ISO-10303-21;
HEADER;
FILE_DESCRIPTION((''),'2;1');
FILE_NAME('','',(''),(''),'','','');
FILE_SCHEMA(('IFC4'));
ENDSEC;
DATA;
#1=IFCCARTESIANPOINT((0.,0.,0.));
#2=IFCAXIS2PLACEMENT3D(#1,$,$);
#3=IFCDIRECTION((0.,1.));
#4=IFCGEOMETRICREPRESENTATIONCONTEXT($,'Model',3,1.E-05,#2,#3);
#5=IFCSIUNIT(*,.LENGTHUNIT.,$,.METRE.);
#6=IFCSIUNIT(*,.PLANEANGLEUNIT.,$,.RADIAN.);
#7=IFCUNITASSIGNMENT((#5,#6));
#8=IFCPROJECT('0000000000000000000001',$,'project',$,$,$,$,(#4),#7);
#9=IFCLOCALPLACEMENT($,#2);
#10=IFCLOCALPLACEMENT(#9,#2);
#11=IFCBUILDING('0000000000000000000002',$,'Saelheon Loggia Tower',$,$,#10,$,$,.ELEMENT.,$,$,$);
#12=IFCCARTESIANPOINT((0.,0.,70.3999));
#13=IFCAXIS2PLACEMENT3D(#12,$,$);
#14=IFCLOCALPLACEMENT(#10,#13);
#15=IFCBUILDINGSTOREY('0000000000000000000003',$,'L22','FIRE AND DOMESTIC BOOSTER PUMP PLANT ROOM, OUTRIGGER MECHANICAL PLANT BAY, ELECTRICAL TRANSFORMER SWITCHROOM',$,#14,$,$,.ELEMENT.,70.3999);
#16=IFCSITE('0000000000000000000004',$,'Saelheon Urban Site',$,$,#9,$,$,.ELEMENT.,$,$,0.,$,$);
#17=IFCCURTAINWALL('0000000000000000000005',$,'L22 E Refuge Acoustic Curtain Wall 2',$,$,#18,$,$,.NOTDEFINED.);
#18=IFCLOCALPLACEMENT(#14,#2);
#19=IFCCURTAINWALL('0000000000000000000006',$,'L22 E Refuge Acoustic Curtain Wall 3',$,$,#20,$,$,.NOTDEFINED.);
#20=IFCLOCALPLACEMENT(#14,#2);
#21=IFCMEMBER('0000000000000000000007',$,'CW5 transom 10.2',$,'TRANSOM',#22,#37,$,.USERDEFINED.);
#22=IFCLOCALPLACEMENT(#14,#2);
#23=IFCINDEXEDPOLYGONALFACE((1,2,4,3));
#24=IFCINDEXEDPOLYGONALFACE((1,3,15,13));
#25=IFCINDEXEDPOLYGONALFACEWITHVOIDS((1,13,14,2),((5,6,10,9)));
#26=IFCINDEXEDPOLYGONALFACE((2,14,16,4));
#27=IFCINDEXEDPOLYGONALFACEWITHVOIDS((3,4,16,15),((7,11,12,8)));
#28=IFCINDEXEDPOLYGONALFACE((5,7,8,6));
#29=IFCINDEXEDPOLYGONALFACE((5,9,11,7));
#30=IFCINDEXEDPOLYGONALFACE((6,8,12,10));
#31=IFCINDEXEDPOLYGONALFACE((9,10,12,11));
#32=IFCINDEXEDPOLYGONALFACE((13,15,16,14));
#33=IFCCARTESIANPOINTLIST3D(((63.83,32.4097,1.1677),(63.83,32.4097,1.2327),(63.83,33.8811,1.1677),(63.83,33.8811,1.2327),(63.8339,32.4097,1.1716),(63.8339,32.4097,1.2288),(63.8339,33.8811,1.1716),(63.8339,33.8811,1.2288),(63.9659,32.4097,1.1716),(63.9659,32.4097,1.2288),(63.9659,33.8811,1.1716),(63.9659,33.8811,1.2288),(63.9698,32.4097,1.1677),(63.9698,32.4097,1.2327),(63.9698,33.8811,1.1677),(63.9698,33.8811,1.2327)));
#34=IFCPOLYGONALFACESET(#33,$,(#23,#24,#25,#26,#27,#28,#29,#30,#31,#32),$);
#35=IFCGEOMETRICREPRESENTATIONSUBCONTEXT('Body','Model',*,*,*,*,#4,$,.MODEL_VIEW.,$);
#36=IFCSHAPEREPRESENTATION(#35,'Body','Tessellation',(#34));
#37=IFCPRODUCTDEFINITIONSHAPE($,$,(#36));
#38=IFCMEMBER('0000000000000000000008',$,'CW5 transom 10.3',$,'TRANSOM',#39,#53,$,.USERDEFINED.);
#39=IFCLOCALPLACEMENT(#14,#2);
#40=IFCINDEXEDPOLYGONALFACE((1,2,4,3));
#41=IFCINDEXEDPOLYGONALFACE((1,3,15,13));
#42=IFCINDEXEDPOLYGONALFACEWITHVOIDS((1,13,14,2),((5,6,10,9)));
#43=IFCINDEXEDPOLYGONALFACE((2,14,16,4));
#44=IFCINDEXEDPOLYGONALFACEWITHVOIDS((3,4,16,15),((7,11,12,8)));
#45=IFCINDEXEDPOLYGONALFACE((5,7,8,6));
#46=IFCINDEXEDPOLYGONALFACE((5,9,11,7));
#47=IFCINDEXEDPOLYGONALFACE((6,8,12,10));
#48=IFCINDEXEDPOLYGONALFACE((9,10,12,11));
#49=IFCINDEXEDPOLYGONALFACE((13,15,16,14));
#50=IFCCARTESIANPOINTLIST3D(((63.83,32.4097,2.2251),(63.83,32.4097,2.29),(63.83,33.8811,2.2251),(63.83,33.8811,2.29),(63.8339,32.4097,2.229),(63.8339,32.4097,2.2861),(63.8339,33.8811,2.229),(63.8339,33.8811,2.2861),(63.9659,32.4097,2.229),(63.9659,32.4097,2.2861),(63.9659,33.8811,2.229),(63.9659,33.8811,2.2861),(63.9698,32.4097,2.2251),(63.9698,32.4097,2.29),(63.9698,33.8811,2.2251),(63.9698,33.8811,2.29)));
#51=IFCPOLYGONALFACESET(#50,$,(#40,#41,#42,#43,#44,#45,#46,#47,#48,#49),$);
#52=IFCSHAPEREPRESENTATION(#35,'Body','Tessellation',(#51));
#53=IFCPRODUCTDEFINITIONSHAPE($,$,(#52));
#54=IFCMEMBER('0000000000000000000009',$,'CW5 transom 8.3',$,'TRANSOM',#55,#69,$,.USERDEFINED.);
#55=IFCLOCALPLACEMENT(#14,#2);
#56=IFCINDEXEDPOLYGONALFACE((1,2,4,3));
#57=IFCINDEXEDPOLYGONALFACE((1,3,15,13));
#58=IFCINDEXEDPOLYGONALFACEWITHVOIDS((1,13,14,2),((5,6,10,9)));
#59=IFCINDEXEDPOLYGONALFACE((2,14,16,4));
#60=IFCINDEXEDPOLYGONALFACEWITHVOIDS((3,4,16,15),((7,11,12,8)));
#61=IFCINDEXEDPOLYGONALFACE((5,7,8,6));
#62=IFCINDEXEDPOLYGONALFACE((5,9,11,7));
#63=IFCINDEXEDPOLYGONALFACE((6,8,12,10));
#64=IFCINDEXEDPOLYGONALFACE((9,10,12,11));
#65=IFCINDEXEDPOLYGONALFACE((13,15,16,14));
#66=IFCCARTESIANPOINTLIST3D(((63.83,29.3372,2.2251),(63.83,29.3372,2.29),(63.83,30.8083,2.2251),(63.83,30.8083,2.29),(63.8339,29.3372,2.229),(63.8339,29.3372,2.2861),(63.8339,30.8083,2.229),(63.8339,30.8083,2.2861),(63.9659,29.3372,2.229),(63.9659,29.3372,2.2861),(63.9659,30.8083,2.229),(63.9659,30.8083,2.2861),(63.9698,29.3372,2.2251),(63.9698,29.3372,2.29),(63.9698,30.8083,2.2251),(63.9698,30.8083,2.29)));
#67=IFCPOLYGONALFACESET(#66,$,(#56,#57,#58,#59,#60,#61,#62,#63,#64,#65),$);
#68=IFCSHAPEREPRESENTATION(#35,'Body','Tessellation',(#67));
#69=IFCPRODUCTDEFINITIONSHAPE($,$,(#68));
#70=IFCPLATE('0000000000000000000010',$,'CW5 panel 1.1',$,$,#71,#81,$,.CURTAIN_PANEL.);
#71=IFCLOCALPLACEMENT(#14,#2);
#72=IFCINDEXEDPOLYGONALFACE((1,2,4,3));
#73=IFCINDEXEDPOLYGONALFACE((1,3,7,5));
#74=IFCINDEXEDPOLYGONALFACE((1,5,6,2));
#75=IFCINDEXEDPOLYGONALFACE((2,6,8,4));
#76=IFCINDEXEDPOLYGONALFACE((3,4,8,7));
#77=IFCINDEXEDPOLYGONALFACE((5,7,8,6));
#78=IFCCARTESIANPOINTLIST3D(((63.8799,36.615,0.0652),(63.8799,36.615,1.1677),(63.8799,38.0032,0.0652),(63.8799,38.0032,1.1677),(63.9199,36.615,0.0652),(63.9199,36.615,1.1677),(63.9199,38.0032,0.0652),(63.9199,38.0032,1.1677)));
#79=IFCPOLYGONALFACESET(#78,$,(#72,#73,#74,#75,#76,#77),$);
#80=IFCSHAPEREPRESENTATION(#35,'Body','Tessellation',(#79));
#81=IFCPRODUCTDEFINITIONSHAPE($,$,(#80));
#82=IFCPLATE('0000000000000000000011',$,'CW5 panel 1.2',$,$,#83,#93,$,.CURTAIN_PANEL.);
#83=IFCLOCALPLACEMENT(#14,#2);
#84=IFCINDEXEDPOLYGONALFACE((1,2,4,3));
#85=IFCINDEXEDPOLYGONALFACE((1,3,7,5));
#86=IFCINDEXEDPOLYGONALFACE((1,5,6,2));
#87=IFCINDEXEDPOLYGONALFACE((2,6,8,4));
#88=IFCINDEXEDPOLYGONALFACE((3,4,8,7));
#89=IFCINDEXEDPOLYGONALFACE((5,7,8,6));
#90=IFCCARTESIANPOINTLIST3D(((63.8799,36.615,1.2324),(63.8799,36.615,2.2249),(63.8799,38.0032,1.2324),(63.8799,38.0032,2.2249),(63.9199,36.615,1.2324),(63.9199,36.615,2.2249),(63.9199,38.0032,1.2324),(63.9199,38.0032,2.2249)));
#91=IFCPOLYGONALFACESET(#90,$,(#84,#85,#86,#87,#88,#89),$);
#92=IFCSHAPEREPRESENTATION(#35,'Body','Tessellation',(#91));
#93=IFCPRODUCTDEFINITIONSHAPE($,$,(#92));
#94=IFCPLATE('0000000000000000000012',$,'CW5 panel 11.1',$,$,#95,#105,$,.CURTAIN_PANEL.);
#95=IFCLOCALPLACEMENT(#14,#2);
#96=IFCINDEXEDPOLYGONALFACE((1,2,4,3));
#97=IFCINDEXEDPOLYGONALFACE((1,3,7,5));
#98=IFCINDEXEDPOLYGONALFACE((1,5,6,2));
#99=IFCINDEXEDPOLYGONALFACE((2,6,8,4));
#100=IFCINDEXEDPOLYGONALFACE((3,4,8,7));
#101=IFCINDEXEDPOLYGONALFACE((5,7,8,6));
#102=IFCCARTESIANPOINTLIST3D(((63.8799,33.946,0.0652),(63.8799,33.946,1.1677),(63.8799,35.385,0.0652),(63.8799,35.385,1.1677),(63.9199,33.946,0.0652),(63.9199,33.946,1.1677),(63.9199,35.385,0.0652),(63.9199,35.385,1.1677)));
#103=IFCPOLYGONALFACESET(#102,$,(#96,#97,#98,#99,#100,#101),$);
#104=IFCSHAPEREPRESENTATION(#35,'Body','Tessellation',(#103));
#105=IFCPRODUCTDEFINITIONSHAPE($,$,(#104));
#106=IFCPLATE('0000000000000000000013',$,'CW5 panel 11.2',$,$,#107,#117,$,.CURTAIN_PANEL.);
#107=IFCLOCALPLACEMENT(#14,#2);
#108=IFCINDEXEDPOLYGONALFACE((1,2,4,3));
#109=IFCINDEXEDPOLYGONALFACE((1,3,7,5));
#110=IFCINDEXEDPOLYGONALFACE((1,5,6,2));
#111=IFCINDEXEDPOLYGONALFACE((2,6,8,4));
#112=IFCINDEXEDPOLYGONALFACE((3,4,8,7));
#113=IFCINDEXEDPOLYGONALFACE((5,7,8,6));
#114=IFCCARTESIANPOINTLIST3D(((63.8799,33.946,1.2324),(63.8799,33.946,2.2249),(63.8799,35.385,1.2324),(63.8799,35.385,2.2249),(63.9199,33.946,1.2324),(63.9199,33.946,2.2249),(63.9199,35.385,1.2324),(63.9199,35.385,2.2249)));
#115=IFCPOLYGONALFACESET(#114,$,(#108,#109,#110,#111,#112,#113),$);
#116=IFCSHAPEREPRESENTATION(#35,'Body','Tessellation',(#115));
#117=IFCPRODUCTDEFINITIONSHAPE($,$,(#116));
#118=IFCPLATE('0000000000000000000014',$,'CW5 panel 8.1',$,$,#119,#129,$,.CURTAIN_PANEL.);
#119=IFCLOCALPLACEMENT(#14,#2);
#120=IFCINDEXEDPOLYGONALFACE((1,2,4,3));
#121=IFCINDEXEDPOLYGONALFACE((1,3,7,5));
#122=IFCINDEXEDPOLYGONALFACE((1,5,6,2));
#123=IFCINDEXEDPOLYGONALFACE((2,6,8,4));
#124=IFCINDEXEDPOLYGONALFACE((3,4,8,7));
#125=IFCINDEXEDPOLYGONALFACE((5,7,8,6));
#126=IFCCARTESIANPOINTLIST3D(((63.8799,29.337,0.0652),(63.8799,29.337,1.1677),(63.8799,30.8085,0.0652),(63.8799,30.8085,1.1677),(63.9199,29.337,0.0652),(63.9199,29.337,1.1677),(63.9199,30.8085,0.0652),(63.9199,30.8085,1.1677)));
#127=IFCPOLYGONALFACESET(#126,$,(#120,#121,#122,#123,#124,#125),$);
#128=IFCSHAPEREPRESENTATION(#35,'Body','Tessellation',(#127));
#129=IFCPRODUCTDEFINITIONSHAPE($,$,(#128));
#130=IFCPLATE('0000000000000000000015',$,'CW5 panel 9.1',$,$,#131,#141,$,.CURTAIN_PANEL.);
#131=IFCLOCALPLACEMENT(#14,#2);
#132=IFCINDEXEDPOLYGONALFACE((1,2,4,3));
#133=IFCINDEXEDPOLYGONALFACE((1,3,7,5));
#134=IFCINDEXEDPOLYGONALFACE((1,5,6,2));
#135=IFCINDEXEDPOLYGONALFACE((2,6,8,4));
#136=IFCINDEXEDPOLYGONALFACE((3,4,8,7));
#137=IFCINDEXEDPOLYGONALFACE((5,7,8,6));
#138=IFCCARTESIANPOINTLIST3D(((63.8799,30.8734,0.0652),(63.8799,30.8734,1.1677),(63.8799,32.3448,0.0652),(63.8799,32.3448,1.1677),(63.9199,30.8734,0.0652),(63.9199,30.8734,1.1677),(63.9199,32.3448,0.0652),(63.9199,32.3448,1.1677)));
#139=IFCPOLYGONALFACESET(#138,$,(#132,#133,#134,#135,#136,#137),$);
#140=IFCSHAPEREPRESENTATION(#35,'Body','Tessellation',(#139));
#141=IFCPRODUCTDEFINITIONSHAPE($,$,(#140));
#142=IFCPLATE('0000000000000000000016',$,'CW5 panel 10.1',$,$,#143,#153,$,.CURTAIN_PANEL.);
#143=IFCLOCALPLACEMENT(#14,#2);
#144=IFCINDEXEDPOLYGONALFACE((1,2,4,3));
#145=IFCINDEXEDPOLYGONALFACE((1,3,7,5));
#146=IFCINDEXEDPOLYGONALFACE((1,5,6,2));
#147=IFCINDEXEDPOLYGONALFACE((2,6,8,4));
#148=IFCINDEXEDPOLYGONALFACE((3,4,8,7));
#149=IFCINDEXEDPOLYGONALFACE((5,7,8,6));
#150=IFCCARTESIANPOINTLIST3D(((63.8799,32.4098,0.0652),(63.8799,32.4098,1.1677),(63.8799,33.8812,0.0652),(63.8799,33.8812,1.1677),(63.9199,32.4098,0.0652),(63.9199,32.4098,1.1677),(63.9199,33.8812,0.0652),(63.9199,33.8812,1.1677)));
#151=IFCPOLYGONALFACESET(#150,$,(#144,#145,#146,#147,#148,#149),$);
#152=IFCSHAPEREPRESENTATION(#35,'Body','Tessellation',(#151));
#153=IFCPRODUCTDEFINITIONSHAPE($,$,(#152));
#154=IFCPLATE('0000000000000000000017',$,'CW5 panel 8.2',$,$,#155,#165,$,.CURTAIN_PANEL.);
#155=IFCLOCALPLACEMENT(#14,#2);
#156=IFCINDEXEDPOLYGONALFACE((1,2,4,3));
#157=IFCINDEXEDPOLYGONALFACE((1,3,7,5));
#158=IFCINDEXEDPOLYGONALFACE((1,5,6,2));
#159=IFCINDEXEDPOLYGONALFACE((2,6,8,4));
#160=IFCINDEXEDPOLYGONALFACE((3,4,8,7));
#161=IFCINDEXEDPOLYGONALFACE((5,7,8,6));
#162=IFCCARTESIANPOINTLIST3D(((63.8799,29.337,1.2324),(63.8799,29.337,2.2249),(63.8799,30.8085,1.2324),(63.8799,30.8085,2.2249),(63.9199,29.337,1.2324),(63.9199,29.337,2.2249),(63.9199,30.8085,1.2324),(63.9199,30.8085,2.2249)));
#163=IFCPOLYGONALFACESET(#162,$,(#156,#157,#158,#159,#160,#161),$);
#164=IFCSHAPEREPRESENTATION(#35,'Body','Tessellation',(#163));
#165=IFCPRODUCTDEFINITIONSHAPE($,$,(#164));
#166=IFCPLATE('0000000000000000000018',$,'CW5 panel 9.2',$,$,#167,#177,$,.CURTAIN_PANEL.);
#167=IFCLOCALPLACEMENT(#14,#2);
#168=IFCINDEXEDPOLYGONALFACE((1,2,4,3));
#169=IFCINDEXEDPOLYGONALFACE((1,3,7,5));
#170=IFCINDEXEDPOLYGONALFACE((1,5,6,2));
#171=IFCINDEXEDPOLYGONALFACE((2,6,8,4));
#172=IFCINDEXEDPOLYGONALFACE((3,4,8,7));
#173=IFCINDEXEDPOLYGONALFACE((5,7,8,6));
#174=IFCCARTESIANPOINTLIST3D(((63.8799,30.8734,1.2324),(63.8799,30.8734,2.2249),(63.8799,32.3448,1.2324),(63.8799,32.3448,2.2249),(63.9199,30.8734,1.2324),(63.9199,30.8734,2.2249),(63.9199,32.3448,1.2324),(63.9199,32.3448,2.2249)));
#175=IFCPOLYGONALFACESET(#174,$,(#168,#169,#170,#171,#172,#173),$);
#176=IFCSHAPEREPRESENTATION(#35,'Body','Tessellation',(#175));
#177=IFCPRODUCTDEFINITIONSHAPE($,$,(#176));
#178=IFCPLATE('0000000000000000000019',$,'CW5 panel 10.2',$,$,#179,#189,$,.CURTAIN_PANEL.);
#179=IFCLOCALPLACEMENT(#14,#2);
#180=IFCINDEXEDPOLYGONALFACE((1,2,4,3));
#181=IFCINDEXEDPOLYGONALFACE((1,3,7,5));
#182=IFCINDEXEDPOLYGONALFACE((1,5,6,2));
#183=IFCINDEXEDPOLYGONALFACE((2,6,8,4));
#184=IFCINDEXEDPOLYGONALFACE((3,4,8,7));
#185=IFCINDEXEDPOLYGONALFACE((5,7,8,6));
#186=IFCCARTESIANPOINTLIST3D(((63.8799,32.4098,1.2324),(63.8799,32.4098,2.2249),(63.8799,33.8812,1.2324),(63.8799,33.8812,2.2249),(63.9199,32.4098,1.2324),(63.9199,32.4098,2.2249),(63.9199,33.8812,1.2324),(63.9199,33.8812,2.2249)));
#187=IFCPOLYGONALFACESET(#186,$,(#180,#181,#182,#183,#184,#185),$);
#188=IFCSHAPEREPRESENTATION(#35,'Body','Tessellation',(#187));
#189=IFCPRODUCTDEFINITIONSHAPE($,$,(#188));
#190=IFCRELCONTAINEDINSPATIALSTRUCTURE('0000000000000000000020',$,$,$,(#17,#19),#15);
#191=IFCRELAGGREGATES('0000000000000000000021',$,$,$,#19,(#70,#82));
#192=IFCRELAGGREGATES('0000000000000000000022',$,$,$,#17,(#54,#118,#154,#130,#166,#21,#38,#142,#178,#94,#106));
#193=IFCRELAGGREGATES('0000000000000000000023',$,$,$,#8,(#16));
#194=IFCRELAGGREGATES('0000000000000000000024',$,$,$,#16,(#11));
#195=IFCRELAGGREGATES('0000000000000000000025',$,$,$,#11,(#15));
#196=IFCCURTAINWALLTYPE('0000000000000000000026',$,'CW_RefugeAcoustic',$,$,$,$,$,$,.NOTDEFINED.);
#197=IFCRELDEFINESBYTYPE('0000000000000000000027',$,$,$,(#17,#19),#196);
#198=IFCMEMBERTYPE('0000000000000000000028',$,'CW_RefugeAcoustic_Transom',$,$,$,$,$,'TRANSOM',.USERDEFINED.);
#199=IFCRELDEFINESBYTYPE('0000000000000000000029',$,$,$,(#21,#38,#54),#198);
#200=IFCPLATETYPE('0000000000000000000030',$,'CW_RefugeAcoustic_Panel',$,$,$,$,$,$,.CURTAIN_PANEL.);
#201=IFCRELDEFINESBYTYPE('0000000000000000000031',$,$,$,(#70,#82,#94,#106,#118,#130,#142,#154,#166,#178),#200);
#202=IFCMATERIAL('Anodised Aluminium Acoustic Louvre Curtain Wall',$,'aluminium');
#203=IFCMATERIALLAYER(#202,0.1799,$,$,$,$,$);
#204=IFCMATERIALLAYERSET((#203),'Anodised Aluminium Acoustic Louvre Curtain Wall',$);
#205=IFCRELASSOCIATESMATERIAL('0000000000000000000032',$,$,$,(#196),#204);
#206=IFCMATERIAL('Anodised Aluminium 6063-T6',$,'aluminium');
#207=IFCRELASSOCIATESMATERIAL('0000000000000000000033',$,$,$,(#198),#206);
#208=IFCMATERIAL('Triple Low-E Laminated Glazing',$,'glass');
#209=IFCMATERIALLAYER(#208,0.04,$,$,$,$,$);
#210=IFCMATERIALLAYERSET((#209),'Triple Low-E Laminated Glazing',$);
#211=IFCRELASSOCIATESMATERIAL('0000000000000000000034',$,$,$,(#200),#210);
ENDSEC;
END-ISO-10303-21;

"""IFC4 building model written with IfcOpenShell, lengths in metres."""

from ifc_helpers import new_model, si_unit, direction, frame, origin, origin_2d, place, context, subcontext, project, spatial, rectangle, hollow_rectangle, extrude, source, transform, mapped, material, layer, layer_set, material_profile, profile_set, type_object, element, aggregate, save


model = new_model("IFC4")

# Units and contexts
model_context = context("Model", 3, precision=1e-05, world=origin(), true_north=direction((0.0, 1.0)))
body_context = subcontext(model_context, "Body", "Model", "MODEL_VIEW")
ifc_project = project(units=[si_unit("LENGTHUNIT", "METRE"), si_unit("PLANEANGLEUNIT", "RADIAN")], contexts=[model_context])

# Site, building, storey
site_placement = place(None, origin())
site = spatial("IfcSite", under=ifc_project, at=site_placement, Name="Saelheon Urban Site", CompositionType="ELEMENT", RefElevation=0.0)
building_placement = place(site_placement, origin())
building = spatial("IfcBuilding", under=site, at=building_placement, Name="Saelheon Loggia Tower", CompositionType="ELEMENT")
storey_placement = place(building_placement, frame((0.0, 0.0, 70.3999)))
storey = spatial("IfcBuildingStorey", under=building, at=storey_placement, Name="L22", Description="FIRE AND DOMESTIC BOOSTER PUMP PLANT ROOM, OUTRIGGER MECHANICAL PLANT BAY, ELECTRICAL TRANSFORMER SWITCHROOM", CompositionType="ELEMENT", Elevation=70.3999)

# Curtain walls
ifc_material_1 = material(Name="Anodised Aluminium Acoustic Louvre Curtain Wall", Category="aluminium")
ifc_layer_1 = layer(ifc_material_1, 0.1799)
ifc_layer_set_1 = layer_set([ifc_layer_1], Name="Anodised Aluminium Acoustic Louvre Curtain Wall")
curtain_wall_type = type_object("IfcCurtainWallType", Name="CW_RefugeAcoustic", PredefinedType="NOTDEFINED", material=ifc_layer_set_1)
curtain_wall_1_placement = place(storey_placement, origin())
curtain_wall_1 = element("IfcCurtainWall", 1, at=curtain_wall_1_placement, inside=storey, type_object=curtain_wall_type, Name="L22 E Refuge Acoustic Curtain Wall 2", PredefinedType="NOTDEFINED")
ifc_material_2 = material(Name="Anodised Aluminium 6063-T6", Category="aluminium")
curtain_wall_2_placement = place(storey_placement, origin())
curtain_wall_2 = element("IfcCurtainWall", 2, at=curtain_wall_2_placement, inside=storey, type_object=curtain_wall_type, Name="L22 E Refuge Acoustic Curtain Wall 3", PredefinedType="NOTDEFINED")
ifc_material_profile_1 = material_profile(ifc_material_2, hollow_rectangle(XDim=0.0649, YDim=0.1399, WallThickness=0.0039, at=origin_2d()), Name="RHS-140x65x4")
ifc_profile_set_1 = profile_set([ifc_material_profile_1], Name="Anodised Aluminium 6063-T6")
member_type_1 = type_object("IfcMemberType", Name="CW_RefugeAcoustic_Transom", ElementType="TRANSOM", PredefinedType="USERDEFINED", material=ifc_profile_set_1)

# Members
shared_shape_1 = source(origin(), body_context, "Body", "SweptSolid", [
    extrude(hollow_rectangle(XDim=0.0649, YDim=0.1399, WallThickness=0.0039, at=origin_2d()), origin(), (0.0, 0.0, 1.0), 1.4714),
])
member_1_placement = place(storey_placement, frame((63.8999, 32.4097, 1.2002), z_axis=(0.0, 1.0, 0.0), x_axis=(0.0, 0.0, 1.0)))
member_1 = element("IfcMember", 3, at=member_1_placement, type_object=member_type_1, Name="CW5 transom 10.2", ObjectType="TRANSOM", PredefinedType="USERDEFINED", context=body_context, shape_type="MappedRepresentation", body=[
    mapped(shared_shape_1, transform((0.0, 0.0, 0.0), scale=1.0)),
])
member_2_placement = place(storey_placement, frame((63.8999, 32.4097, 2.2576), z_axis=(0.0, 1.0, 0.0), x_axis=(0.0, 0.0, 1.0)))
member_2 = element("IfcMember", 4, at=member_2_placement, type_object=member_type_1, Name="CW5 transom 10.3", ObjectType="TRANSOM", PredefinedType="USERDEFINED", context=body_context, shape_type="MappedRepresentation", body=[
    mapped(shared_shape_1, transform((0.0, 0.0, 0.0), scale=1.0)),
])
shared_shape_2 = source(origin(), body_context, "Body", "SweptSolid", [
    extrude(hollow_rectangle(XDim=0.0649, YDim=0.1399, WallThickness=0.0039, at=origin_2d()), origin(), (0.0, 0.0, 1.0), 1.4712),
])
member_3_placement = place(storey_placement, frame((63.8999, 29.3372, 2.2576), z_axis=(0.0, 1.0, 0.0), x_axis=(0.0, 0.0, 1.0)))
member_3 = element("IfcMember", 5, at=member_3_placement, type_object=member_type_1, Name="CW5 transom 8.3", ObjectType="TRANSOM", PredefinedType="USERDEFINED", context=body_context, shape_type="MappedRepresentation", body=[
    mapped(shared_shape_2, transform((0.0, 0.0, 0.0), scale=1.0)),
])

# Plates
ifc_material_3 = material(Name="Triple Low-E Laminated Glazing", Category="glass")
ifc_layer_2 = layer(ifc_material_3, 0.04)
ifc_layer_set_2 = layer_set([ifc_layer_2], Name="Triple Low-E Laminated Glazing")
plate_type = type_object("IfcPlateType", Name="CW_RefugeAcoustic_Panel", PredefinedType="CURTAIN_PANEL", material=ifc_layer_set_2)
shared_shape_3 = source(origin(), body_context, "Body", "SweptSolid", [
    extrude(rectangle(XDim=1.3882, YDim=0.04, at=origin_2d()), origin(), (0.0, 0.0, 1.0), 1.1025),
])
plate_1_placement = place(storey_placement, frame((63.8999, 37.3091, 0.0652), z_axis=(0.0, 0.0, 1.0), x_axis=(0.0, 1.0, 0.0)))
plate_1 = element("IfcPlate", 6, at=plate_1_placement, type_object=plate_type, Name="CW5 panel 1.1", PredefinedType="CURTAIN_PANEL", context=body_context, shape_type="MappedRepresentation", body=[
    mapped(shared_shape_3, transform((0.0, 0.0, 0.0), scale=1.0)),
])
shared_shape_4 = source(origin(), body_context, "Body", "SweptSolid", [
    extrude(rectangle(XDim=1.3882, YDim=0.04, at=origin_2d()), origin(), (0.0, 0.0, 1.0), 0.9924),
])
plate_2_placement = place(storey_placement, frame((63.8999, 37.3091, 1.2324), z_axis=(0.0, 0.0, 1.0), x_axis=(0.0, 1.0, 0.0)))
plate_2 = element("IfcPlate", 7, at=plate_2_placement, type_object=plate_type, Name="CW5 panel 1.2", PredefinedType="CURTAIN_PANEL", context=body_context, shape_type="MappedRepresentation", body=[
    mapped(shared_shape_4, transform((0.0, 0.0, 0.0), scale=1.0)),
])
aggregate(curtain_wall_2, [plate_1, plate_2])
shared_shape_5 = source(origin(), body_context, "Body", "SweptSolid", [
    extrude(rectangle(XDim=1.439, YDim=0.04, at=origin_2d()), origin(), (0.0, 0.0, 1.0), 1.1025),
])
plate_3_placement = place(storey_placement, frame((63.8999, 34.6655, 0.0652), z_axis=(0.0, 0.0, 1.0), x_axis=(0.0, 1.0, 0.0)))
plate_3 = element("IfcPlate", 8, at=plate_3_placement, type_object=plate_type, Name="CW5 panel 11.1", PredefinedType="CURTAIN_PANEL", context=body_context, shape_type="MappedRepresentation", body=[
    mapped(shared_shape_5, transform((0.0, 0.0, 0.0), scale=1.0)),
])
shared_shape_6 = source(origin(), body_context, "Body", "SweptSolid", [
    extrude(rectangle(XDim=1.439, YDim=0.04, at=origin_2d()), origin(), (0.0, 0.0, 1.0), 0.9924),
])
plate_4_placement = place(storey_placement, frame((63.8999, 34.6655, 1.2324), z_axis=(0.0, 0.0, 1.0), x_axis=(0.0, 1.0, 0.0)))
plate_4 = element("IfcPlate", 9, at=plate_4_placement, type_object=plate_type, Name="CW5 panel 11.2", PredefinedType="CURTAIN_PANEL", context=body_context, shape_type="MappedRepresentation", body=[
    mapped(shared_shape_6, transform((0.0, 0.0, 0.0), scale=1.0)),
])
shared_shape_7 = source(origin(), body_context, "Body", "SweptSolid", [
    extrude(rectangle(XDim=1.4714, YDim=0.04, at=origin_2d()), origin(), (0.0, 0.0, 1.0), 1.1025),
])
plate_5_placement = place(storey_placement, frame((63.8999, 30.0728, 0.0652), z_axis=(0.0, 0.0, 1.0), x_axis=(0.0, 1.0, 0.0)))
plate_5 = element("IfcPlate", 10, at=plate_5_placement, type_object=plate_type, Name="CW5 panel 8.1", PredefinedType="CURTAIN_PANEL", context=body_context, shape_type="MappedRepresentation", body=[
    mapped(shared_shape_7, transform((0.0, 0.0, 0.0), scale=1.0)),
])
plate_6_placement = place(storey_placement, frame((63.8999, 31.6091, 0.0652), z_axis=(0.0, 0.0, 1.0), x_axis=(0.0, 1.0, 0.0)))
plate_6 = element("IfcPlate", 11, at=plate_6_placement, type_object=plate_type, Name="CW5 panel 9.1", PredefinedType="CURTAIN_PANEL", context=body_context, shape_type="MappedRepresentation", body=[
    mapped(shared_shape_7, transform((0.0, 0.0, 0.0), scale=1.0)),
])
plate_7_placement = place(storey_placement, frame((63.8999, 33.1455, 0.0652), z_axis=(0.0, 0.0, 1.0), x_axis=(0.0, 1.0, 0.0)))
plate_7 = element("IfcPlate", 12, at=plate_7_placement, type_object=plate_type, Name="CW5 panel 10.1", PredefinedType="CURTAIN_PANEL", context=body_context, shape_type="MappedRepresentation", body=[
    mapped(shared_shape_7, transform((0.0, 0.0, 0.0), scale=1.0)),
])
shared_shape_8 = source(origin(), body_context, "Body", "SweptSolid", [
    extrude(rectangle(XDim=1.4714, YDim=0.04, at=origin_2d()), origin(), (0.0, 0.0, 1.0), 0.9924),
])
plate_8_placement = place(storey_placement, frame((63.8999, 30.0728, 1.2324), z_axis=(0.0, 0.0, 1.0), x_axis=(0.0, 1.0, 0.0)))
plate_8 = element("IfcPlate", 13, at=plate_8_placement, type_object=plate_type, Name="CW5 panel 8.2", PredefinedType="CURTAIN_PANEL", context=body_context, shape_type="MappedRepresentation", body=[
    mapped(shared_shape_8, transform((0.0, 0.0, 0.0), scale=1.0)),
])
plate_9_placement = place(storey_placement, frame((63.8999, 31.6091, 1.2324), z_axis=(0.0, 0.0, 1.0), x_axis=(0.0, 1.0, 0.0)))
plate_9 = element("IfcPlate", 14, at=plate_9_placement, type_object=plate_type, Name="CW5 panel 9.2", PredefinedType="CURTAIN_PANEL", context=body_context, shape_type="MappedRepresentation", body=[
    mapped(shared_shape_8, transform((0.0, 0.0, 0.0), scale=1.0)),
])
plate_10_placement = place(storey_placement, frame((63.8999, 33.1455, 1.2324), z_axis=(0.0, 0.0, 1.0), x_axis=(0.0, 1.0, 0.0)))
plate_10 = element("IfcPlate", 15, at=plate_10_placement, type_object=plate_type, Name="CW5 panel 10.2", PredefinedType="CURTAIN_PANEL", context=body_context, shape_type="MappedRepresentation", body=[
    mapped(shared_shape_8, transform((0.0, 0.0, 0.0), scale=1.0)),
])
aggregate(curtain_wall_1, [member_3, plate_5, plate_8, plate_6, plate_9, member_1, member_2, plate_7, plate_10, plate_3, plate_4])

save(model, "model.ifc")
